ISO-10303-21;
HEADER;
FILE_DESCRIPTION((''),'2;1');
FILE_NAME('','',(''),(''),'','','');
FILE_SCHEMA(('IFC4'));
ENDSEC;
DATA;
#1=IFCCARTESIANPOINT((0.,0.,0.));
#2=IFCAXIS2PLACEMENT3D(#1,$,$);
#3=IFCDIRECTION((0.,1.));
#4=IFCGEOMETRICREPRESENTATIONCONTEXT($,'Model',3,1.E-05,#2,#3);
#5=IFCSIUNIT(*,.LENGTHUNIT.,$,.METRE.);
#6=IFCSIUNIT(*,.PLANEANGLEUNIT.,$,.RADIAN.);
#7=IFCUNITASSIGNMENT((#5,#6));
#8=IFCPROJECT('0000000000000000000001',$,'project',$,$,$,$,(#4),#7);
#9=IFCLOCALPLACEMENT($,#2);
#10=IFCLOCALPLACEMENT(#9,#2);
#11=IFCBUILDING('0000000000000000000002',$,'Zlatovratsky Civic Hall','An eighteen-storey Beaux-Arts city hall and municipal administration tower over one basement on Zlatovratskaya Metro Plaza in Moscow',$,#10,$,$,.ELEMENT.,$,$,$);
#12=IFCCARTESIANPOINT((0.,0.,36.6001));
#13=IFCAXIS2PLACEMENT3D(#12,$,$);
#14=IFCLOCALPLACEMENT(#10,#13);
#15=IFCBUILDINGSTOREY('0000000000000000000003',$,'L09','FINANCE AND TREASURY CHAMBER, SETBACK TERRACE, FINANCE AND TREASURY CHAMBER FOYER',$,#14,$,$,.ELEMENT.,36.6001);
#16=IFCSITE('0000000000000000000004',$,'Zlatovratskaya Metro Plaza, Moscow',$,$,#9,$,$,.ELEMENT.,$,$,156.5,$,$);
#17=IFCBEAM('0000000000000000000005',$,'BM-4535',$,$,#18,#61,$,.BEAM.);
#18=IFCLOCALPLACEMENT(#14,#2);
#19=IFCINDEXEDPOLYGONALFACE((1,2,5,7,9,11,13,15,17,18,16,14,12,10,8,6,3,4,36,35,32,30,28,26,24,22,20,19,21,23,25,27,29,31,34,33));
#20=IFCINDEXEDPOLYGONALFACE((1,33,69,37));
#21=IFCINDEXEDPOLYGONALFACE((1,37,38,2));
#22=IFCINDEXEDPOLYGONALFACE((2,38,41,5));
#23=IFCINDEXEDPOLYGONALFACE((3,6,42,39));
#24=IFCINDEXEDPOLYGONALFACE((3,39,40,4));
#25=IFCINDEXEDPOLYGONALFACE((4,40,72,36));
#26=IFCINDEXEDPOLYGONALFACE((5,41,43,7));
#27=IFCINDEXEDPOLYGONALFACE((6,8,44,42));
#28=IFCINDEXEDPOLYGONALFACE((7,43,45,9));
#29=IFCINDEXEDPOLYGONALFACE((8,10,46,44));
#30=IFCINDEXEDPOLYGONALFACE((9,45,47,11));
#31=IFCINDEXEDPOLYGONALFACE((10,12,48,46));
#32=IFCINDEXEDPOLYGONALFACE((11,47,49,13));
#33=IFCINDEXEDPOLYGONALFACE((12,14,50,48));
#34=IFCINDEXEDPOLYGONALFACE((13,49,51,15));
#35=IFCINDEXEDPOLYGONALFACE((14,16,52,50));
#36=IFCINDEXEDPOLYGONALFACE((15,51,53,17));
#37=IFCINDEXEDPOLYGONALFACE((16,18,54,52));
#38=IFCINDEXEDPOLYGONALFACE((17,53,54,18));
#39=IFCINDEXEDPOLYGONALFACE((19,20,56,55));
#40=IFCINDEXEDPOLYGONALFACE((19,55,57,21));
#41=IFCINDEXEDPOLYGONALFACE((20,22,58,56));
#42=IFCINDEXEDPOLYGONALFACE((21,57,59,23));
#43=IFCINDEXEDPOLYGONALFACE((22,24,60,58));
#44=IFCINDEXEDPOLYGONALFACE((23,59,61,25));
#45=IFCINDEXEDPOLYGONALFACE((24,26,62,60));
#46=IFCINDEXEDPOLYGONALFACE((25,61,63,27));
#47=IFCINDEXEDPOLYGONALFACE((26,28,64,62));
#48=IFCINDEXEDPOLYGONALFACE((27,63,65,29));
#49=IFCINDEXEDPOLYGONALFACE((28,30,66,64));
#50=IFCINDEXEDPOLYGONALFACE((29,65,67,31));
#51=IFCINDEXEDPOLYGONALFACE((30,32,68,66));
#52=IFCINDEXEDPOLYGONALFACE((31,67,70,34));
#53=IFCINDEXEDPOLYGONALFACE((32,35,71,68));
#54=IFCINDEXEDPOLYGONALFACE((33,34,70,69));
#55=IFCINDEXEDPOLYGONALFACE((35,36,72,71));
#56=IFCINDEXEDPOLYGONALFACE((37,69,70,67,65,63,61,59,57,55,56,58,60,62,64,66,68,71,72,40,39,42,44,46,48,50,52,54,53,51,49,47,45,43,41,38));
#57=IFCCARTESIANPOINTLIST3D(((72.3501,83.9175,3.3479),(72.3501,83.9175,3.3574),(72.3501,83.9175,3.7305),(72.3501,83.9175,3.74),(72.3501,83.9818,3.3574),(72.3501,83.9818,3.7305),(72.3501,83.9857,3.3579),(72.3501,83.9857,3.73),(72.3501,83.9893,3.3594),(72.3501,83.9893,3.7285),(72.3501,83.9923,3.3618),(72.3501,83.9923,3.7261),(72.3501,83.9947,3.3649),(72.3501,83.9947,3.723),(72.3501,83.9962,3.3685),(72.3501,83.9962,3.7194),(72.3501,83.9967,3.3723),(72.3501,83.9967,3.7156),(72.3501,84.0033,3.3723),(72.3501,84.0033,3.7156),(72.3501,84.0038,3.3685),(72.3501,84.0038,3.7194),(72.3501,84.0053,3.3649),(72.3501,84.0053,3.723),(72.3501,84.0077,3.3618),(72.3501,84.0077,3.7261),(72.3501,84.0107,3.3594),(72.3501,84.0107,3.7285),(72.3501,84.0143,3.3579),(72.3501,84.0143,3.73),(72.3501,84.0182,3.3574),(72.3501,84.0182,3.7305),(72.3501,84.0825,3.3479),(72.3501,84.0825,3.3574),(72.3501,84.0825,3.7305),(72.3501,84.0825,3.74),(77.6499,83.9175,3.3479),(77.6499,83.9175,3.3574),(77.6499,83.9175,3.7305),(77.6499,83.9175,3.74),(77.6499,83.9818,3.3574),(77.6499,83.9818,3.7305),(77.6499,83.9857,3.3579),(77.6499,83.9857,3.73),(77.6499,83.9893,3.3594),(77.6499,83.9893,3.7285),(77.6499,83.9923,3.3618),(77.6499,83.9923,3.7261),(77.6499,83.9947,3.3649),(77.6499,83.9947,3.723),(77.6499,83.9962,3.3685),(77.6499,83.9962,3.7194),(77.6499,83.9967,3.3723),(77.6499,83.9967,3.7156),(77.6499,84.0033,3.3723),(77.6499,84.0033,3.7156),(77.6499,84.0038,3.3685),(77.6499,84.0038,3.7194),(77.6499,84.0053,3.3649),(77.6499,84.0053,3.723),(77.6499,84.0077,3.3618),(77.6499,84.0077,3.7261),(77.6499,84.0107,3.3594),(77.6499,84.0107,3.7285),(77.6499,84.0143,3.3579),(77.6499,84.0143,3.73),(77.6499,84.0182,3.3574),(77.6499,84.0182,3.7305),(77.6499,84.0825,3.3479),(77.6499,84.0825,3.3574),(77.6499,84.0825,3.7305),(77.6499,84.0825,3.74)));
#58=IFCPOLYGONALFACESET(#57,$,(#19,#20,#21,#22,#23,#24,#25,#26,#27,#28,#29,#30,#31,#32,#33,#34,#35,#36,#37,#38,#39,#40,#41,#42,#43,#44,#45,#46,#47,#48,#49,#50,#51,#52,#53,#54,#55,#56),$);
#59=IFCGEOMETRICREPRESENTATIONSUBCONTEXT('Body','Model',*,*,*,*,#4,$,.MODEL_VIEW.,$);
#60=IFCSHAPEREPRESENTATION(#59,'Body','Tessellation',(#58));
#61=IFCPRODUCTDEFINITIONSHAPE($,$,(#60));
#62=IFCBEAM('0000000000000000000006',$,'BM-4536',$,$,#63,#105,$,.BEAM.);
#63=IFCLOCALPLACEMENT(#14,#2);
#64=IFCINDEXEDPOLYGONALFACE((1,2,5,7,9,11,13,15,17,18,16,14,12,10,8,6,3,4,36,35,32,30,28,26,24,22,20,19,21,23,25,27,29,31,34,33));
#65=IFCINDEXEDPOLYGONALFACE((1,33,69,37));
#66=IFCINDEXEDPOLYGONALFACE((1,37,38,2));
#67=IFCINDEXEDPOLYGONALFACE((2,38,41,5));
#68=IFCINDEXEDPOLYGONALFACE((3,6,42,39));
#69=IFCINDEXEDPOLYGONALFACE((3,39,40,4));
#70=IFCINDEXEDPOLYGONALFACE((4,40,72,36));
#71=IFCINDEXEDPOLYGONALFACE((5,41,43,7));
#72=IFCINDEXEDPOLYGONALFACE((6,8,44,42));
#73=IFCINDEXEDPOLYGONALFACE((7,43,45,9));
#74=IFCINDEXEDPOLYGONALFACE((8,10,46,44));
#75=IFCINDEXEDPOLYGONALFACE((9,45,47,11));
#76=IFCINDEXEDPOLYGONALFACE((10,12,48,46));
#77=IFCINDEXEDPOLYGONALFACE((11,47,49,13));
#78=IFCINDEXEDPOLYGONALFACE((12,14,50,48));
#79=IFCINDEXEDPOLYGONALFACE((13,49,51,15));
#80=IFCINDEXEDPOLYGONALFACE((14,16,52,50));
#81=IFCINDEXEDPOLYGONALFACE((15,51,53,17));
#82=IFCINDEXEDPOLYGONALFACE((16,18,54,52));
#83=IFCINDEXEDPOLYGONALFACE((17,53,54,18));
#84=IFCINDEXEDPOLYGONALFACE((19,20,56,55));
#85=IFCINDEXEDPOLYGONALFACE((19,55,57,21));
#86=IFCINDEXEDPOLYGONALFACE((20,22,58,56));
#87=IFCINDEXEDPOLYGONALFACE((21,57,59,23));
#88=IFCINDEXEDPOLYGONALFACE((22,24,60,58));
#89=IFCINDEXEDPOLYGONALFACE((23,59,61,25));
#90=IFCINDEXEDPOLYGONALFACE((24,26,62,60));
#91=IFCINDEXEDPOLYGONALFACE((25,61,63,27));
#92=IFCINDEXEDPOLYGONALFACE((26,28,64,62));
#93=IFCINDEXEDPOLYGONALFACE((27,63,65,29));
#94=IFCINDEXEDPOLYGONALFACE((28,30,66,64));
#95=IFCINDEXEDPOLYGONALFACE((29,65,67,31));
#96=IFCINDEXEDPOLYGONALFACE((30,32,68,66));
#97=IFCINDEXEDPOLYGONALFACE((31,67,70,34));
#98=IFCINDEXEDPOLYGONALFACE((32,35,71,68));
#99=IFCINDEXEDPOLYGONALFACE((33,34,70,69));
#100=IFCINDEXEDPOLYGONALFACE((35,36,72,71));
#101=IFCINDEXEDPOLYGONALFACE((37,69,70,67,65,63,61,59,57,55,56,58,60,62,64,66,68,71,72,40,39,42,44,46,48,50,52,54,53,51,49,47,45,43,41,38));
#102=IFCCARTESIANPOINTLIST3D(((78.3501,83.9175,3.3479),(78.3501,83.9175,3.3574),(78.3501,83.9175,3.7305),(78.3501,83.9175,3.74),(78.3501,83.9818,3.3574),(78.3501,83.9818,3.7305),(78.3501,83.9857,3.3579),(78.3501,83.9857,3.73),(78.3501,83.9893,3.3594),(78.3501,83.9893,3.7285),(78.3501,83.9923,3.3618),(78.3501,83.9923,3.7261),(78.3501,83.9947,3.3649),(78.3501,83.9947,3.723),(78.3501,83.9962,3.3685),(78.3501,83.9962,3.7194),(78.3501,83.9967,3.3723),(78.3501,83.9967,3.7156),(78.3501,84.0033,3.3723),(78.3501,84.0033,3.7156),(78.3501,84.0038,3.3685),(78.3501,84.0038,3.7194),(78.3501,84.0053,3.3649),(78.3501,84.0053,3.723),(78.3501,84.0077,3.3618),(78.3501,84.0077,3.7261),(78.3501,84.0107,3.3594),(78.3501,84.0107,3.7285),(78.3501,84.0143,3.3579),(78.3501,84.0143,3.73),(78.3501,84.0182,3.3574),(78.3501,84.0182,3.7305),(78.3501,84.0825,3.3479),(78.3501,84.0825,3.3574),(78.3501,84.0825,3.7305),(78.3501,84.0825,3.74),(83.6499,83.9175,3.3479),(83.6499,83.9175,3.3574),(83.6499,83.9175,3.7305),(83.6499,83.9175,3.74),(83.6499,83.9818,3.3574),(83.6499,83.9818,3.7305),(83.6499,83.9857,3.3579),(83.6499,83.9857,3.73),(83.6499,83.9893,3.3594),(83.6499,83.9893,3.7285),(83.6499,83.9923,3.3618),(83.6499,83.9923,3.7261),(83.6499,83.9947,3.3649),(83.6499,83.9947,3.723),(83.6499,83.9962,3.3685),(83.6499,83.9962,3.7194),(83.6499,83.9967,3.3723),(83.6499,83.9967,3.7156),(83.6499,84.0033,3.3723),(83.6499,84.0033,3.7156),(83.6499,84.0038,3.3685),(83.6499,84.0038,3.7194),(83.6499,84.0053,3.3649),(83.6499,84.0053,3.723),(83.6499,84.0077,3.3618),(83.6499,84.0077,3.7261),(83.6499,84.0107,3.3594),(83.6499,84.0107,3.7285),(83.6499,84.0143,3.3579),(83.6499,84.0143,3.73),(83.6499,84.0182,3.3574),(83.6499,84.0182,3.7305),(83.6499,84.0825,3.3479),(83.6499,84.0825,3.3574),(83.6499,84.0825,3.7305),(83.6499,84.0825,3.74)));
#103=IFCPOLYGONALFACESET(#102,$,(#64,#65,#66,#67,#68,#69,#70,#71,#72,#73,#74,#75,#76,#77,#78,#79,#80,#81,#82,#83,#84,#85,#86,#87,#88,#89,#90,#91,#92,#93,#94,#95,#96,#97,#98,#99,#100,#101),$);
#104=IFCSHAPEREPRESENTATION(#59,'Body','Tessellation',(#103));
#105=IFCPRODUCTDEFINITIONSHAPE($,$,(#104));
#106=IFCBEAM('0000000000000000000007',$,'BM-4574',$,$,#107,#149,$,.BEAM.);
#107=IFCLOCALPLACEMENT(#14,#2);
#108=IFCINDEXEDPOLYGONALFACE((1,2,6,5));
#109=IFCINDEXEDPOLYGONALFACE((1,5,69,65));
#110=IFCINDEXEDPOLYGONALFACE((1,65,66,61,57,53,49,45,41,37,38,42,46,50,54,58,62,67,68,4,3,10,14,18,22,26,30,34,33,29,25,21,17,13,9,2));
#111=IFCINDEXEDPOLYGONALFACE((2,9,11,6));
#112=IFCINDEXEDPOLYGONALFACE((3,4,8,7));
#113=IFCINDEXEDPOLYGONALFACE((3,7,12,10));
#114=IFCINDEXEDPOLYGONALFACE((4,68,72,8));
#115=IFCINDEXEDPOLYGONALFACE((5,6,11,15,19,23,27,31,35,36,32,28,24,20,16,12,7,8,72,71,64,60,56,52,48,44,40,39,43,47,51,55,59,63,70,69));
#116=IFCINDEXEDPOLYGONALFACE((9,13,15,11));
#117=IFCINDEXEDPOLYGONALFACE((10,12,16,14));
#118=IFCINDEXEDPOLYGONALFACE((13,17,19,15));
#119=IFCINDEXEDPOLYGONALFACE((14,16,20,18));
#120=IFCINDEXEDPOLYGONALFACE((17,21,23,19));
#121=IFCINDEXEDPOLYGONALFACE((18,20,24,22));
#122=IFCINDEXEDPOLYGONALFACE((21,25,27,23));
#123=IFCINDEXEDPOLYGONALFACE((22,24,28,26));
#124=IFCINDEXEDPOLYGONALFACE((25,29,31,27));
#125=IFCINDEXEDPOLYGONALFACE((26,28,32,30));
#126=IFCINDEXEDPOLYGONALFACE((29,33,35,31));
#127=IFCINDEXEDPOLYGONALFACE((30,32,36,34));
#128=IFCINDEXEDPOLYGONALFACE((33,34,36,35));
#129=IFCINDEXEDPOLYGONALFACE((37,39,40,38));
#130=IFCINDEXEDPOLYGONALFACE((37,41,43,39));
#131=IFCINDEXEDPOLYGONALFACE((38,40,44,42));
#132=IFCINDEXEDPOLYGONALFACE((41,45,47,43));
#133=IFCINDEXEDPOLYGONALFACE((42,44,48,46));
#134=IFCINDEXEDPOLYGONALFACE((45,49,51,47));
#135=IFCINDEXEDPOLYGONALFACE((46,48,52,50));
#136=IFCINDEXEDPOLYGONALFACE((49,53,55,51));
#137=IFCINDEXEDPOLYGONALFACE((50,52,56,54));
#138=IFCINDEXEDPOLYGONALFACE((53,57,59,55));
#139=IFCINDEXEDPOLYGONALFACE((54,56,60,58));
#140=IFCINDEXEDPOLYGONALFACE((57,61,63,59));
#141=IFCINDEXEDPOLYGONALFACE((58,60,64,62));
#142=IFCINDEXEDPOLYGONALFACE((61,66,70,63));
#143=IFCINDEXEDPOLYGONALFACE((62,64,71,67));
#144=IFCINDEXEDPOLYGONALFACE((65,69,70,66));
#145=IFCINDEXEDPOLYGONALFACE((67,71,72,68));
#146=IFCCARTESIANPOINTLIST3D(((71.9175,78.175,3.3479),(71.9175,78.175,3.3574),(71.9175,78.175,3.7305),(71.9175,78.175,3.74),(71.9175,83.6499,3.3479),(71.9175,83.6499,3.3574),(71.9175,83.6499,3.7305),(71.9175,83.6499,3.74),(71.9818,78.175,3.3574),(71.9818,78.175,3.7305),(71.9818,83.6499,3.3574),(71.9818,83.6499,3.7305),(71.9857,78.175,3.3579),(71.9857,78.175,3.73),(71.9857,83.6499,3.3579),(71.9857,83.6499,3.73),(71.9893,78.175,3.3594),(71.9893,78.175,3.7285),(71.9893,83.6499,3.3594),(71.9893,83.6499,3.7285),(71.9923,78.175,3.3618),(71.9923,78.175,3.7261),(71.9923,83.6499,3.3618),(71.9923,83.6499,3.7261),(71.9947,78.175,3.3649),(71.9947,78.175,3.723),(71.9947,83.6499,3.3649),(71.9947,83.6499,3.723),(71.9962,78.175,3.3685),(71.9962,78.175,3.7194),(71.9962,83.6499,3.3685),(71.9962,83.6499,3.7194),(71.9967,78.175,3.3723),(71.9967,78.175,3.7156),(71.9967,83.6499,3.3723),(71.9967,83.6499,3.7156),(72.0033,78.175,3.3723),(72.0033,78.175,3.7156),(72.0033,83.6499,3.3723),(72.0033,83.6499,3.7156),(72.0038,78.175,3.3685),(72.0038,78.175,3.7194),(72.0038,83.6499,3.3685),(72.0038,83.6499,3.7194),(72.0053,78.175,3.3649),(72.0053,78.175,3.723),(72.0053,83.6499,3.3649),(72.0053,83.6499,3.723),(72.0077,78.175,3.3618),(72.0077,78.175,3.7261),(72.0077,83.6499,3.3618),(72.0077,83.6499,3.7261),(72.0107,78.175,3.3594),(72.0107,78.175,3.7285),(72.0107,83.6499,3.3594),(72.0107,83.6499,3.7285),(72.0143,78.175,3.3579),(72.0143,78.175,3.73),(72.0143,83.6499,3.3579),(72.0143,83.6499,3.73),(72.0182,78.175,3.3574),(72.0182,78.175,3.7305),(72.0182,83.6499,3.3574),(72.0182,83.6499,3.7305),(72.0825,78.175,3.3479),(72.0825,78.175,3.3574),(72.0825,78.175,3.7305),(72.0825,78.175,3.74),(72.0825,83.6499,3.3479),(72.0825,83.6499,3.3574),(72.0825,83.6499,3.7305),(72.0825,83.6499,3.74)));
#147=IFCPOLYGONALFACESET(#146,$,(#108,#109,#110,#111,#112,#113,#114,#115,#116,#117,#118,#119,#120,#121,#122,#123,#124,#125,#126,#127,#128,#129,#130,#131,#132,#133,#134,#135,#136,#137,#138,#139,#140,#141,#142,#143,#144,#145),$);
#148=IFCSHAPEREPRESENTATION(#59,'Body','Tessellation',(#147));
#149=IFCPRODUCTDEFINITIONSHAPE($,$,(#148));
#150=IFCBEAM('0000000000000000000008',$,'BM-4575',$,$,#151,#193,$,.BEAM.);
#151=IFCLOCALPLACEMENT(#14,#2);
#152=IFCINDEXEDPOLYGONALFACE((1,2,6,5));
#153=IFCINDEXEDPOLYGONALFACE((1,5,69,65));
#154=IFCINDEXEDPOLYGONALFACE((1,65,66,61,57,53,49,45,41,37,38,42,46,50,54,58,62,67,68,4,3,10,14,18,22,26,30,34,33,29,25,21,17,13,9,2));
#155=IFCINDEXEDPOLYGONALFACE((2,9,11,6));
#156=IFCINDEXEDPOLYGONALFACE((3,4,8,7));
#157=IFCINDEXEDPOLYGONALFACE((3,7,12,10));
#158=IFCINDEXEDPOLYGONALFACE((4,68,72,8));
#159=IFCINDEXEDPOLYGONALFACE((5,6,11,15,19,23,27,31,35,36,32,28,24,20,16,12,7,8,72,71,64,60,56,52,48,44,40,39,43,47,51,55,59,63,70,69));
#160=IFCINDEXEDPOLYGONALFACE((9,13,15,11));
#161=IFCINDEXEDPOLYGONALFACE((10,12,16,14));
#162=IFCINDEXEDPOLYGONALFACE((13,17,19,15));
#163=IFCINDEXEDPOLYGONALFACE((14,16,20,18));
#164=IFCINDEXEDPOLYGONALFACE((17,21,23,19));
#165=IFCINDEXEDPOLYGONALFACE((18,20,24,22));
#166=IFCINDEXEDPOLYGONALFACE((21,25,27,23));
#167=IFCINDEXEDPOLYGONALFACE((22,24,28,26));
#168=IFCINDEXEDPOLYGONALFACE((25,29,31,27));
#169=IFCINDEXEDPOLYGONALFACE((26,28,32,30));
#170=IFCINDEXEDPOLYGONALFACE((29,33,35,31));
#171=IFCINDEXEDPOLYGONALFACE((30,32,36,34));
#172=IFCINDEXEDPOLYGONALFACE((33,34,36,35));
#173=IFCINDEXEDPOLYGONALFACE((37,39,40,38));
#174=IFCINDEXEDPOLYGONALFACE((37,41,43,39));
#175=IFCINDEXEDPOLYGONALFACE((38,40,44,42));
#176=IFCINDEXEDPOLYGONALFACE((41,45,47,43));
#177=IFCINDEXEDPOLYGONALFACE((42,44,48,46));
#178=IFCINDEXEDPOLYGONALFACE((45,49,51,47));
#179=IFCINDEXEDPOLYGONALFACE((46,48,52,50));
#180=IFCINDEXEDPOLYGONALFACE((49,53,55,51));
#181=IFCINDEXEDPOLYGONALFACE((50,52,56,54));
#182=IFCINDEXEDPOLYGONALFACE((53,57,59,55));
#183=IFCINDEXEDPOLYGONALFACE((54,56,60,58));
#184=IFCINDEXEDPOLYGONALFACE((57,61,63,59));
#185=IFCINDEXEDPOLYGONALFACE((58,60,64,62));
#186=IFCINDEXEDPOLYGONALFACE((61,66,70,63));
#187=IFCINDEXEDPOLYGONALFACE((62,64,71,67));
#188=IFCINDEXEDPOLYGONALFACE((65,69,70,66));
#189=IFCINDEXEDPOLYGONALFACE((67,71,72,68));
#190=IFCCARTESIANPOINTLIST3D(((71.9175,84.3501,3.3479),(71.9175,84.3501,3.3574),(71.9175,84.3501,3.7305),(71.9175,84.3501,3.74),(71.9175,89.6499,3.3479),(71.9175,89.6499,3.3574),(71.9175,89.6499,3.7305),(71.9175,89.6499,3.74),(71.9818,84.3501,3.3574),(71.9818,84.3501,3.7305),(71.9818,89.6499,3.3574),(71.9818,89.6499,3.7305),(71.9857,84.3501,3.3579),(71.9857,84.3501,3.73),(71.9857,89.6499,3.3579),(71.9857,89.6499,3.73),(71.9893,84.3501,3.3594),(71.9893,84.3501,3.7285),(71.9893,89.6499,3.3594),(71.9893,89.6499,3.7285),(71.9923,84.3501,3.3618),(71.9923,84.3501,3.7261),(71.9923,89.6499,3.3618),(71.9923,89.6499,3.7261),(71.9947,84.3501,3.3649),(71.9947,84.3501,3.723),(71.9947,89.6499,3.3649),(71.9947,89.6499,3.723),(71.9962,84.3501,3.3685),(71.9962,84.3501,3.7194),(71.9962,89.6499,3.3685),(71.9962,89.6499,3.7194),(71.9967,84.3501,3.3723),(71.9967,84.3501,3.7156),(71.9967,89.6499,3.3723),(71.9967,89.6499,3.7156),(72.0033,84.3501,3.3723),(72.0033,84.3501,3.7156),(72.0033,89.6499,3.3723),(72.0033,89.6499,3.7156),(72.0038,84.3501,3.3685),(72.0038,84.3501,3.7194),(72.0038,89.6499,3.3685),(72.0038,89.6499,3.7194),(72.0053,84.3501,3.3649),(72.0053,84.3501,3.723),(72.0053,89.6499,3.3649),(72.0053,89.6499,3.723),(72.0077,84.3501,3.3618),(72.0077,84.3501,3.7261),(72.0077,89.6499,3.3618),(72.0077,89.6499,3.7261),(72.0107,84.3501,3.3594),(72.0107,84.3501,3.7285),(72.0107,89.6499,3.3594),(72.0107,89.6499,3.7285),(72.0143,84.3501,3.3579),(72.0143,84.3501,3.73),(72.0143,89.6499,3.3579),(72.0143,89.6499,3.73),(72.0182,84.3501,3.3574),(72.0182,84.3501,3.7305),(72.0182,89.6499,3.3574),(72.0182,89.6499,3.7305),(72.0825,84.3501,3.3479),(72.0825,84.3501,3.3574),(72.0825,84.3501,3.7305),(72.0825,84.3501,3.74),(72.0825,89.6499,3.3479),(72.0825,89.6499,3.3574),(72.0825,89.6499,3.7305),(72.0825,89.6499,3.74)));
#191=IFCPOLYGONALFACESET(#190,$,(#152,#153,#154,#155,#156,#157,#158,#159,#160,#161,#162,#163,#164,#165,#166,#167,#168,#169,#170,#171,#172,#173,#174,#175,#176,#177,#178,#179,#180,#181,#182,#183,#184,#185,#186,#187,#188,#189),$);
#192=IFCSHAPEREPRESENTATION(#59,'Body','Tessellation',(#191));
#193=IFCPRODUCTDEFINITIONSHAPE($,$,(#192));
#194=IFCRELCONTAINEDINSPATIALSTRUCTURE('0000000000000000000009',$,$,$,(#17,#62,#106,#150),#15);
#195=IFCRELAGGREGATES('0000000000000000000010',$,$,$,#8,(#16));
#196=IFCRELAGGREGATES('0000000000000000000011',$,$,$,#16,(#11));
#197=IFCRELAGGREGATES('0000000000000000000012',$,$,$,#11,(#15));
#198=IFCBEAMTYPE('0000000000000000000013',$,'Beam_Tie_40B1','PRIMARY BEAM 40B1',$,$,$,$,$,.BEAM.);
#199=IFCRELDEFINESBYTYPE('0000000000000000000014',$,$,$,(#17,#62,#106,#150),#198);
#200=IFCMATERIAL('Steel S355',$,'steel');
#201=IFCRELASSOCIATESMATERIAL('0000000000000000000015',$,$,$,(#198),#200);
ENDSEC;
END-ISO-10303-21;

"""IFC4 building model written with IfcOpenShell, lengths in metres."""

from ifc_helpers import new_model, si_unit, direction, frame, origin, origin_2d, place, context, subcontext, project, spatial, i_section, extrude, material, material_profile, profile_set, type_object, element, save


model = new_model("IFC4")

# Units and contexts
model_context = context("Model", 3, precision=1e-05, world=origin(), true_north=direction((0.0, 1.0)))
body_context = subcontext(model_context, "Body", "Model", "MODEL_VIEW")
ifc_project = project(units=[si_unit("LENGTHUNIT", "METRE"), si_unit("PLANEANGLEUNIT", "RADIAN")], contexts=[model_context])

# Site, building, storey
site_placement = place(None, origin())
site = spatial("IfcSite", under=ifc_project, at=site_placement, Name="Zlatovratskaya Metro Plaza, Moscow", CompositionType="ELEMENT", RefElevation=156.5)
building_placement = place(site_placement, origin())
building = spatial("IfcBuilding", under=site, at=building_placement, Name="Zlatovratsky Civic Hall", Description="An eighteen-storey Beaux-Arts city hall and municipal administration tower over one basement on Zlatovratskaya Metro Plaza in Moscow", CompositionType="ELEMENT")
storey_placement = place(building_placement, frame((0.0, 0.0, 36.6001)))
storey = spatial("IfcBuildingStorey", under=building, at=storey_placement, Name="L09", Description="FINANCE AND TREASURY CHAMBER, SETBACK TERRACE, FINANCE AND TREASURY CHAMBER FOYER", CompositionType="ELEMENT", Elevation=36.6001)

# Shared definitions
ifc_material_1 = material(Name="Steel S355", Category="steel")

# Beams
ifc_material_profile_1 = material_profile(ifc_material_1, i_section(OverallWidth=0.165, OverallDepth=0.3921, WebThickness=0.0066, FlangeThickness=0.0095, FilletRadius=0.0149, at=origin_2d()), Name="40B1")
ifc_profile_set_1 = profile_set([ifc_material_profile_1], Name="Steel S355")
beam_type = type_object("IfcBeamType", Name="Beam_Tie_40B1", Description="PRIMARY BEAM 40B1", PredefinedType="BEAM", material=ifc_profile_set_1)
for number, where, z_axis, x_axis, name in (
    (1, (72.3501, 84.0, 3.5439), (1.0, 0.0, 0.0), (0.0, 1.0, 0.0), "BM-4535"),
    (2, (78.3501, 84.0, 3.5439), (1.0, 0.0, 0.0), (0.0, 1.0, 0.0), "BM-4536"),
):
    element("IfcBeam", number, at=place(storey_placement, frame(where, z_axis=z_axis, x_axis=x_axis)), inside=storey, type_object=beam_type, Name=name, PredefinedType="BEAM", context=body_context, shape_type="SweptSolid", body=[
        extrude(i_section(OverallWidth=0.165, OverallDepth=0.3921, WebThickness=0.0066, FlangeThickness=0.0095, FilletRadius=0.0149, at=origin_2d()), origin(), (0.0, 0.0, 1.0), 5.2998),
    ])
beam_1_placement = place(storey_placement, frame((72.0, 78.175, 3.5439), z_axis=(0.0, 1.0, 0.0), x_axis=(-1.0, 0.0, 0.0)))
element("IfcBeam", 3, at=beam_1_placement, inside=storey, type_object=beam_type, Name="BM-4574", PredefinedType="BEAM", context=body_context, shape_type="SweptSolid", body=[
    extrude(i_section(OverallWidth=0.165, OverallDepth=0.3921, WebThickness=0.0066, FlangeThickness=0.0095, FilletRadius=0.0149, at=origin_2d()), origin(), (0.0, 0.0, 1.0), 5.4749),
])
beam_2_placement = place(storey_placement, frame((72.0, 84.3501, 3.5439), z_axis=(0.0, 1.0, 0.0), x_axis=(-1.0, 0.0, 0.0)))
element("IfcBeam", 4, at=beam_2_placement, inside=storey, type_object=beam_type, Name="BM-4575", PredefinedType="BEAM", context=body_context, shape_type="SweptSolid", body=[
    extrude(i_section(OverallWidth=0.165, OverallDepth=0.3921, WebThickness=0.0066, FlangeThickness=0.0095, FilletRadius=0.0149, at=origin_2d()), origin(), (0.0, 0.0, 1.0), 5.2998),
])

save(model, "model.ifc")
